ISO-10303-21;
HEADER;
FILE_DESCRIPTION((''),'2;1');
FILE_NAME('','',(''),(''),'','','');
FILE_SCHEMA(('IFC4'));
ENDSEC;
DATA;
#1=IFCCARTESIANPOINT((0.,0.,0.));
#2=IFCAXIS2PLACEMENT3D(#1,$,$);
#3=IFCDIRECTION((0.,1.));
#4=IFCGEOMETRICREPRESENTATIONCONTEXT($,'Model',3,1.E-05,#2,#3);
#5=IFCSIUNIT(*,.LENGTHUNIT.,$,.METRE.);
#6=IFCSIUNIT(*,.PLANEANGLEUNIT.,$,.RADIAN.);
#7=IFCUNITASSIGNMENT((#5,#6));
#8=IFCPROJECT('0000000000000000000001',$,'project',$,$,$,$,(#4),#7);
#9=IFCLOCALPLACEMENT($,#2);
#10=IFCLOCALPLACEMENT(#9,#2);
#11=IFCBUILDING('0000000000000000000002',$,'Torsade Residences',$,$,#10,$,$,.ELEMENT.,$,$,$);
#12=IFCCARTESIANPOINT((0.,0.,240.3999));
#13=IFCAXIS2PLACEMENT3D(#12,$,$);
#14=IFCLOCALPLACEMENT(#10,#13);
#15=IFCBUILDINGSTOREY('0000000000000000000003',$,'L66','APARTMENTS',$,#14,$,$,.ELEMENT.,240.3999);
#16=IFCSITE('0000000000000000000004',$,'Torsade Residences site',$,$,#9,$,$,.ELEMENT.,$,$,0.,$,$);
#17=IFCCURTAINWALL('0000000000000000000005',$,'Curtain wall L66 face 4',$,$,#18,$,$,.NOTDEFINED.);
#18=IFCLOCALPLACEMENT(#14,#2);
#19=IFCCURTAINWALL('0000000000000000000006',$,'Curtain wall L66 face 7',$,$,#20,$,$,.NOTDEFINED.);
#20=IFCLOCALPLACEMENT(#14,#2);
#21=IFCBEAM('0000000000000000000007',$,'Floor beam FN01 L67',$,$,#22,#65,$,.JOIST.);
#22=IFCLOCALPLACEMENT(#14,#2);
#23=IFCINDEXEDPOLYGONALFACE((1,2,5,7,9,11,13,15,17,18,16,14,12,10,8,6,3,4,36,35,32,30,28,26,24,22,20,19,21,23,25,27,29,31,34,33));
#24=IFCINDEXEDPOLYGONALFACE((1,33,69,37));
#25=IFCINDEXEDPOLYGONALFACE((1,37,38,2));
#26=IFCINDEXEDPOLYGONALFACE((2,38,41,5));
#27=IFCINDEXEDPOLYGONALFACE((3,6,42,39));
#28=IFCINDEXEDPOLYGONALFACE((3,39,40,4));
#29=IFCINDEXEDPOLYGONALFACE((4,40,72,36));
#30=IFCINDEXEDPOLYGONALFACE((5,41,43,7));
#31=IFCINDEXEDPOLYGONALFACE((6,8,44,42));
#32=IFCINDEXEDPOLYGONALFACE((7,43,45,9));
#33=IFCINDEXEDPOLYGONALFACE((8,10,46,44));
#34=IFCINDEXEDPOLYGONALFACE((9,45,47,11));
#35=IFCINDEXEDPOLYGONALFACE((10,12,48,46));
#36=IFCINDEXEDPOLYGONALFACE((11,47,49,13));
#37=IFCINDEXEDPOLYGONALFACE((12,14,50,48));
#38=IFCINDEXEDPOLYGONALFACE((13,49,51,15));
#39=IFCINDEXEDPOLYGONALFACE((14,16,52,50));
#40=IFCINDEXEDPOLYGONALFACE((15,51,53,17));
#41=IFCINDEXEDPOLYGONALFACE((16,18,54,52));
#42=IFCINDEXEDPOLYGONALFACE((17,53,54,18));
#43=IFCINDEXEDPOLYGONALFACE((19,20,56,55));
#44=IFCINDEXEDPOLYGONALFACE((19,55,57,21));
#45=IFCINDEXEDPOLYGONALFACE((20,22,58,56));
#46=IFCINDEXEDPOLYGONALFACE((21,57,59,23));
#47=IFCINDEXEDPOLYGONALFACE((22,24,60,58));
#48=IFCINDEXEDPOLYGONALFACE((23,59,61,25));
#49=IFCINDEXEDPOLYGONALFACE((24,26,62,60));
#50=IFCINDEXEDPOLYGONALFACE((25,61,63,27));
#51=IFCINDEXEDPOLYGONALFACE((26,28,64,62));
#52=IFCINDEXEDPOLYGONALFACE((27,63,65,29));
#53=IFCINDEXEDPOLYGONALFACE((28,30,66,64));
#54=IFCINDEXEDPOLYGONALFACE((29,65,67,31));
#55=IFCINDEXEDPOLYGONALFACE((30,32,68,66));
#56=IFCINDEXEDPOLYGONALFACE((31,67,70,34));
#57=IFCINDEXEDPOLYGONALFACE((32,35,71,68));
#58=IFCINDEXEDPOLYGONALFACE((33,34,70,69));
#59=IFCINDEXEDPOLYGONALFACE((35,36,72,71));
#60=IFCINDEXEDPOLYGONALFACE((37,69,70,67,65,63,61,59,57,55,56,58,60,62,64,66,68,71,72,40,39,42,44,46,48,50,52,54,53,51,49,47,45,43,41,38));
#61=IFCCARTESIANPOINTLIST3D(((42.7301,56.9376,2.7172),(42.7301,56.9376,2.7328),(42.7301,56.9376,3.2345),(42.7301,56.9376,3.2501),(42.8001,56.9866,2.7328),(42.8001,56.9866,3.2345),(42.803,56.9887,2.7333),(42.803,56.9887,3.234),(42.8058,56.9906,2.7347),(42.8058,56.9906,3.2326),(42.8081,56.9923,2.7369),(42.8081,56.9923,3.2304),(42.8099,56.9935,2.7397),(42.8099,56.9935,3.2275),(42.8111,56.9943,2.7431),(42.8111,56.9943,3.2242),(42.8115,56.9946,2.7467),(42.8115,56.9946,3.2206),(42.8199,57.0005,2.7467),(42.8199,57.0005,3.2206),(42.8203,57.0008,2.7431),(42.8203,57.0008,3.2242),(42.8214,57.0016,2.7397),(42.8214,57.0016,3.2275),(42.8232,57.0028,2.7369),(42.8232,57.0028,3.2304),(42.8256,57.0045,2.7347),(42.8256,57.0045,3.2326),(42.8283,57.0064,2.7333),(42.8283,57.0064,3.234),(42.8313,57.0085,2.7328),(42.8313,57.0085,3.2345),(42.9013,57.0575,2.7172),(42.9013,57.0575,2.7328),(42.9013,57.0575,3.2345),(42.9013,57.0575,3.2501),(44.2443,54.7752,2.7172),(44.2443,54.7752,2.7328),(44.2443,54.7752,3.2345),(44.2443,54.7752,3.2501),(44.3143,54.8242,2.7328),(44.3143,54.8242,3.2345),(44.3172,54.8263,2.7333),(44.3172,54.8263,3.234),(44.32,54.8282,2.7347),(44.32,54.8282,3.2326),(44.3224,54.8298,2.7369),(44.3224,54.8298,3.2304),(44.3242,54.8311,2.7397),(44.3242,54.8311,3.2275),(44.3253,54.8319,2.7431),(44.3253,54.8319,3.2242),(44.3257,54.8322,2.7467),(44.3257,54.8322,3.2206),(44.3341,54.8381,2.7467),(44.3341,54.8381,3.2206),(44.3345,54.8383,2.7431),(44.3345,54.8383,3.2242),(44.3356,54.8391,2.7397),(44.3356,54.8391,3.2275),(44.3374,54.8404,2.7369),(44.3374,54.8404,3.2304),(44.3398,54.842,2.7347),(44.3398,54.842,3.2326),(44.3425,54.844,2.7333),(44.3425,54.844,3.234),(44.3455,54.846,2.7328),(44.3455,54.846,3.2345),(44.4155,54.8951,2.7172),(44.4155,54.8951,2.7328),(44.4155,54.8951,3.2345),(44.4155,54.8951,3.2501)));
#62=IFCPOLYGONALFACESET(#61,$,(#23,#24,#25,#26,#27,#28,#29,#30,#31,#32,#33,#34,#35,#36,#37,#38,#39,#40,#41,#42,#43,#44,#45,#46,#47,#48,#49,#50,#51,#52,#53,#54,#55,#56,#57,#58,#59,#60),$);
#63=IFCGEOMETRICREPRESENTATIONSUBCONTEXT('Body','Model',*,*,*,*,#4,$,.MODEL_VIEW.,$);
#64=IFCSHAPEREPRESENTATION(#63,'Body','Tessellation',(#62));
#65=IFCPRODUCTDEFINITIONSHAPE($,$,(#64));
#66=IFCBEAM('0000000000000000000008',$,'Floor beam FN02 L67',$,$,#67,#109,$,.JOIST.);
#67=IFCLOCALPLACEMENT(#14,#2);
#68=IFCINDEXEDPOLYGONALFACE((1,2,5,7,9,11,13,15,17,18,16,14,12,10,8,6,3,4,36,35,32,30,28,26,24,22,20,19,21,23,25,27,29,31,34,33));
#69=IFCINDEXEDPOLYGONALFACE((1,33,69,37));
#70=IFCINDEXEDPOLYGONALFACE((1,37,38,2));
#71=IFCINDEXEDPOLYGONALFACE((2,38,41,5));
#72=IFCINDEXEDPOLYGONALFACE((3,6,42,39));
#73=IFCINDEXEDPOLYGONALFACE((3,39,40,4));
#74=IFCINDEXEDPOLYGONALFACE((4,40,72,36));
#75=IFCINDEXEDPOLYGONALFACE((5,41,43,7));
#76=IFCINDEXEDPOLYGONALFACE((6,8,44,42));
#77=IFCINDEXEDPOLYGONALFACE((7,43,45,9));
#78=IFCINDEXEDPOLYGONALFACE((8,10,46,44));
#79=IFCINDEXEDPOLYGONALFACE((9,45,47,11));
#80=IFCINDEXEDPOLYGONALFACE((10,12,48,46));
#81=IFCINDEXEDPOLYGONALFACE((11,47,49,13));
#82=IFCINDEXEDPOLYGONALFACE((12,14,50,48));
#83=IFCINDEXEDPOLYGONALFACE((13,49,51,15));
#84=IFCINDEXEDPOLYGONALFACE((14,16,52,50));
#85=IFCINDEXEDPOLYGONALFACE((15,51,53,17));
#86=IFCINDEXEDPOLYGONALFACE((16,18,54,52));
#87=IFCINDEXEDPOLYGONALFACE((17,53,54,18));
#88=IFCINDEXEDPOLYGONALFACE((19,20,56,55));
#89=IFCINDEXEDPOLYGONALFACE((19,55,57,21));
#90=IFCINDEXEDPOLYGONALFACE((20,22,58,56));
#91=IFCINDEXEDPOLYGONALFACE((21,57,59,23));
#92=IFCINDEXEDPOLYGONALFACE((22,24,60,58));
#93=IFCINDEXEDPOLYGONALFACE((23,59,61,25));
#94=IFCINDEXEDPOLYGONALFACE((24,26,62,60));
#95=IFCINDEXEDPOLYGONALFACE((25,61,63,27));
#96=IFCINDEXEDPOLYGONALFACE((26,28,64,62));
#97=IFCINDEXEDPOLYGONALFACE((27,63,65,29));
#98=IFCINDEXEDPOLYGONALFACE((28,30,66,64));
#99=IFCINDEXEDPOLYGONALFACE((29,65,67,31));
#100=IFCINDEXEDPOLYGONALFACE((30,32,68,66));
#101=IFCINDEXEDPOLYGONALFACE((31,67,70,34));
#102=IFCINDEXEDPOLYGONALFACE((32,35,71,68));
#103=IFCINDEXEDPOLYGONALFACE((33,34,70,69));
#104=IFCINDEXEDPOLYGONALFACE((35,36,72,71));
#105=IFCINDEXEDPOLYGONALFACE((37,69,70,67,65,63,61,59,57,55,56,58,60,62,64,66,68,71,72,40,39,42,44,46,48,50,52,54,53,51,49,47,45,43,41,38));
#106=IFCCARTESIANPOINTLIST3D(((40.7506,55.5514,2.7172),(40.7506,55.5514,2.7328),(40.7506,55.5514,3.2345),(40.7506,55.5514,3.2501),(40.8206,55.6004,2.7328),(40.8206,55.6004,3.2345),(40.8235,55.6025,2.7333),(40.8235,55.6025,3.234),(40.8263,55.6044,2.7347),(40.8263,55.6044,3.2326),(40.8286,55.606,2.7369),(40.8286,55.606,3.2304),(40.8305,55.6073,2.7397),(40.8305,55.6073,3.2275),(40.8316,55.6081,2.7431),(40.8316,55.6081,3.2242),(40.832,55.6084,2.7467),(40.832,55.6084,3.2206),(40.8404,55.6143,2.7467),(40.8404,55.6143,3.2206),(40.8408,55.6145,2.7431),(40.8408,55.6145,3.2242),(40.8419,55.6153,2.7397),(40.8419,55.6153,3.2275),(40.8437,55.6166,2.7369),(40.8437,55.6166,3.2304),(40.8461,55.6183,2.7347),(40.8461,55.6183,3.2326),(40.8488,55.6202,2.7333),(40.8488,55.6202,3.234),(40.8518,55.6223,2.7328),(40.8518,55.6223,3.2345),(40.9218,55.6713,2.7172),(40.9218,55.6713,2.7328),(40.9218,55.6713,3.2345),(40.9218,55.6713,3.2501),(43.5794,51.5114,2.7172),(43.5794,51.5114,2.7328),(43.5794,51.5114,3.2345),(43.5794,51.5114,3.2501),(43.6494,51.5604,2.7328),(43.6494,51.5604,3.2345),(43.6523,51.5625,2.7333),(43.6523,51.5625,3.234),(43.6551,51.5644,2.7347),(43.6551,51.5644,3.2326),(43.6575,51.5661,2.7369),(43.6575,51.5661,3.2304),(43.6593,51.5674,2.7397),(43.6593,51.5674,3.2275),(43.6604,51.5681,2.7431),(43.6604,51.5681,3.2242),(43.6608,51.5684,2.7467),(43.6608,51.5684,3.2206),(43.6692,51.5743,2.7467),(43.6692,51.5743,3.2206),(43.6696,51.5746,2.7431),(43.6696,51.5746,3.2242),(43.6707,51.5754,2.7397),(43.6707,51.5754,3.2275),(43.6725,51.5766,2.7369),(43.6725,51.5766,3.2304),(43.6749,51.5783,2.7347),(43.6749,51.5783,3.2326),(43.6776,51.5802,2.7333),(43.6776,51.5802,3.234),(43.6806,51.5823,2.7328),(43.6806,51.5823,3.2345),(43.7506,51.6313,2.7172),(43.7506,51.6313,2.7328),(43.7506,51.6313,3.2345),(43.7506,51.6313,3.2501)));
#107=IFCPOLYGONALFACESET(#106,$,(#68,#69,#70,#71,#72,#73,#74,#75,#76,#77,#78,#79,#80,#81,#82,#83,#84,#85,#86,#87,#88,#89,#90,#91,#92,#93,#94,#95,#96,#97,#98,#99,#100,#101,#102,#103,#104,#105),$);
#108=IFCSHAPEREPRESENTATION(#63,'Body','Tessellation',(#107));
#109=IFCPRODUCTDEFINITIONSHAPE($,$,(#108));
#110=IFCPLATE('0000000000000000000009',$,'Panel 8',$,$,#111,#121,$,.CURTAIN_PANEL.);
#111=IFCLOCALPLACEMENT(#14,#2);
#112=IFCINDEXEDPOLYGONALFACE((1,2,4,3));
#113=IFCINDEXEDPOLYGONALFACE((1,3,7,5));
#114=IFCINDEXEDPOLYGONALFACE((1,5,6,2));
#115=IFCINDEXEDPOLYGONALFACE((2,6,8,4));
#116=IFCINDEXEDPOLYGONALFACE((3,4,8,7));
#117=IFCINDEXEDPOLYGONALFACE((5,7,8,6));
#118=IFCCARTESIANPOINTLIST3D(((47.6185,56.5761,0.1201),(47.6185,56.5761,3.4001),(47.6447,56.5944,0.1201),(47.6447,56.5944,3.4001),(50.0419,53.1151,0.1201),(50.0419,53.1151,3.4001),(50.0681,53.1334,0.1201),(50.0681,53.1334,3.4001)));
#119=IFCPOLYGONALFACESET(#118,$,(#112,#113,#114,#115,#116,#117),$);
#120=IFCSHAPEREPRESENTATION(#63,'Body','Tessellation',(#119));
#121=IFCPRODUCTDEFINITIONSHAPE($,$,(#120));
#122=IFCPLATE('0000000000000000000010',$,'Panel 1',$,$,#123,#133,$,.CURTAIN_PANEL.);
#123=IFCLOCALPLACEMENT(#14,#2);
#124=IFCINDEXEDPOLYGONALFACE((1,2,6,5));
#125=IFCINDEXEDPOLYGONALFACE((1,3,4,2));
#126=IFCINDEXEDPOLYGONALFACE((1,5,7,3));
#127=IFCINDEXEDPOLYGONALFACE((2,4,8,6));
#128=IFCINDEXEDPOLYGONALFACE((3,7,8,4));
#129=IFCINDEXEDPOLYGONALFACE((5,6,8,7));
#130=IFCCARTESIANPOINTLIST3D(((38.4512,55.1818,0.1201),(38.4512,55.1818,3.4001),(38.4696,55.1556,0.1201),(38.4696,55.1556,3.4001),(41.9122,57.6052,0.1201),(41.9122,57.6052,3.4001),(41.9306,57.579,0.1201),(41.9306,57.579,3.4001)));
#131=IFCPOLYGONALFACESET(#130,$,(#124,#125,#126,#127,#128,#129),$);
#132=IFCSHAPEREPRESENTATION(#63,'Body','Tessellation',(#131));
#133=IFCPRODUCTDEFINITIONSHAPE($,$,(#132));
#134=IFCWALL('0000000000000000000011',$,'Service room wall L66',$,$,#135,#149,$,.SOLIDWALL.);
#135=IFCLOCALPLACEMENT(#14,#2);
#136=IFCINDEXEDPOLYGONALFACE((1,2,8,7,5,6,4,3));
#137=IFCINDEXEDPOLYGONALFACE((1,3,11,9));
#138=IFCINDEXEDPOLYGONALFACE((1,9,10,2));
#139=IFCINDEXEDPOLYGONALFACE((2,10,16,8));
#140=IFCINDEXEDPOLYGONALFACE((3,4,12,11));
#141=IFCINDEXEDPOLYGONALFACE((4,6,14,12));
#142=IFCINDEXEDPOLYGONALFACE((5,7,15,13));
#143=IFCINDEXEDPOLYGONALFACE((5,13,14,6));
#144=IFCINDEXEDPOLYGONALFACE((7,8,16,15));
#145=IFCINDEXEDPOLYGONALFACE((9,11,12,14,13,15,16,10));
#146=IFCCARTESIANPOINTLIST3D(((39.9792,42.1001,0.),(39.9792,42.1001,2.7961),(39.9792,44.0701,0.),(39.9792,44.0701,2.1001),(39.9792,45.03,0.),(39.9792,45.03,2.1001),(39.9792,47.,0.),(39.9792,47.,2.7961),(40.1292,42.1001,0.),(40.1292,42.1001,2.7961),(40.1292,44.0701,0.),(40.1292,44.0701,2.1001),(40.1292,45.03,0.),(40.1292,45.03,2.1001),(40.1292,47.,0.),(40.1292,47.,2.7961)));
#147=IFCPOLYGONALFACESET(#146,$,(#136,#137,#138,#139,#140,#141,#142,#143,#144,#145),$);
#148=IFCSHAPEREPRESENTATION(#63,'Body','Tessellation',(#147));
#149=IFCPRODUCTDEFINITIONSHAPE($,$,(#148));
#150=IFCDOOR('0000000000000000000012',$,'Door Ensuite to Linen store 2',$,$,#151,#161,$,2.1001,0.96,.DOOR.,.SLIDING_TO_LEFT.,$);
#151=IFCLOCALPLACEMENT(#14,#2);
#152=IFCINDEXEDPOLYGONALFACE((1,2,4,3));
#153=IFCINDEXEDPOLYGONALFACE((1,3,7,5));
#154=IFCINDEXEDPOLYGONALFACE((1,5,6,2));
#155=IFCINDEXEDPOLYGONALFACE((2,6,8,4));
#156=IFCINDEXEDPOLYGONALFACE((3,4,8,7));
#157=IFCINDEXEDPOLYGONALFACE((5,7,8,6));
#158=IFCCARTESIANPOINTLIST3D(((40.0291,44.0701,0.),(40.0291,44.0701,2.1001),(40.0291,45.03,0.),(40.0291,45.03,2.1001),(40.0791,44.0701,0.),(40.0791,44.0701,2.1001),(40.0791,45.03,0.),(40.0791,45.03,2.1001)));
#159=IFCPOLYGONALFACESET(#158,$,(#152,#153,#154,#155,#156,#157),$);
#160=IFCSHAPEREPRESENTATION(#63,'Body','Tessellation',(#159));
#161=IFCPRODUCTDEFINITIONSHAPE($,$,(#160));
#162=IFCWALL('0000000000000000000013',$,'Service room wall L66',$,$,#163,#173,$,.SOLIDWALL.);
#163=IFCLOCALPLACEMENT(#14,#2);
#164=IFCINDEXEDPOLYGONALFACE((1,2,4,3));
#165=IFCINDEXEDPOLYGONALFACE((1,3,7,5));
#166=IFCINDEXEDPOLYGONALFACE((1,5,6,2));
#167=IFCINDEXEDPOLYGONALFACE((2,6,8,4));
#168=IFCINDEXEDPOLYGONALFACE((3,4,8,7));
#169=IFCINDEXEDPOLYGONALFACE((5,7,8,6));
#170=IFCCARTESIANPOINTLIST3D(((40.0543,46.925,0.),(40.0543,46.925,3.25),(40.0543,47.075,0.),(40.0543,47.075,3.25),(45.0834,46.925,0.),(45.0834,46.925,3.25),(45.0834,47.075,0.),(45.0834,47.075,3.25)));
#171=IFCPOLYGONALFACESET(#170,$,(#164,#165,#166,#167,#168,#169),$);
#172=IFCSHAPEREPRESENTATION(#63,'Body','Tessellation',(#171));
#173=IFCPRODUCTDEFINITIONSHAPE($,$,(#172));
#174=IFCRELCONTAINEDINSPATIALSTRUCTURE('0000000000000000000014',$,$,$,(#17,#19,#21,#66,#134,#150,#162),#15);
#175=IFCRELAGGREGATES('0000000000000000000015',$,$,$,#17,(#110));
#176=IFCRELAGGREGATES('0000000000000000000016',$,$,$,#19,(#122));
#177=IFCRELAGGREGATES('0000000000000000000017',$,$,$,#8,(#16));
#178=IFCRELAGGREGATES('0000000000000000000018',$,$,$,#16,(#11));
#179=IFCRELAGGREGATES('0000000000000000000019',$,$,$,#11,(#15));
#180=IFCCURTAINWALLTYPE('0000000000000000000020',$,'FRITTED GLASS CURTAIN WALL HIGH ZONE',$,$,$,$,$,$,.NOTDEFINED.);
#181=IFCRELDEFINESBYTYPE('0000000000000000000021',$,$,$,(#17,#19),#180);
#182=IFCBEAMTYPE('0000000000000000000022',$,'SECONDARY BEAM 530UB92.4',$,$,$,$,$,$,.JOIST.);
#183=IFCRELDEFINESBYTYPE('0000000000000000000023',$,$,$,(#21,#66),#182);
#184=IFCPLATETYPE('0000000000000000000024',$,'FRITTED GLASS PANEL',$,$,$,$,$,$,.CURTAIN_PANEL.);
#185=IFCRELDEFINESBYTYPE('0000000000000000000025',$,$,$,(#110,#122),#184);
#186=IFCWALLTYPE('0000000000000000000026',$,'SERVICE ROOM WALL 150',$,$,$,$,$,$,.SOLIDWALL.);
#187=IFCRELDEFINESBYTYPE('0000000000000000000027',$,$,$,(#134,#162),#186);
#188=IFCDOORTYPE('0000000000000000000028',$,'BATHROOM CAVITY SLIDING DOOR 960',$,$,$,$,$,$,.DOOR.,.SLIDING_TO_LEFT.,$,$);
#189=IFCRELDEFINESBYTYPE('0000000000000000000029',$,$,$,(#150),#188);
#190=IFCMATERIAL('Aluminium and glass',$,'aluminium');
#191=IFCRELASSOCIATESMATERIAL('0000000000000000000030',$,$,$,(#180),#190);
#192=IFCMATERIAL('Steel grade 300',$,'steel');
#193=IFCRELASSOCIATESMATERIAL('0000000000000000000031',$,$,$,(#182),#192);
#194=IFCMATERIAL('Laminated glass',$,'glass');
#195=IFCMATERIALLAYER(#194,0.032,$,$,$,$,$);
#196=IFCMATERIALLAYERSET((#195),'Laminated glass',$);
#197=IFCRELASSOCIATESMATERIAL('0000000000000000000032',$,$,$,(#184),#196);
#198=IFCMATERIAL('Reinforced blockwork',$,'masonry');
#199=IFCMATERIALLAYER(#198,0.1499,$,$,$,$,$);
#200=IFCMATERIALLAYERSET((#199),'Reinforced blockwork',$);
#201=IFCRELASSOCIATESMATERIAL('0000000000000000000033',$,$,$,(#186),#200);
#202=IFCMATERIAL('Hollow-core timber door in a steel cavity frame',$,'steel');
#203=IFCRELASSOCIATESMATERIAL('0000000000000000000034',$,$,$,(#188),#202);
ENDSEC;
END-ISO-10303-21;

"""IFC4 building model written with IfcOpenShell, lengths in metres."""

from ifc_helpers import new_model, si_unit, direction, frame, frame_2d, origin, origin_2d, place, context, subcontext, project, spatial, rectangle, i_section, extrude, material, layer, layer_set, material_profile, profile_set, type_object, element, fill, aggregate, save


model = new_model("IFC4")

# Units and contexts
model_context = context("Model", 3, precision=1e-05, world=origin(), true_north=direction((0.0, 1.0)))
body_context = subcontext(model_context, "Body", "Model", "MODEL_VIEW")
ifc_project = project(units=[si_unit("LENGTHUNIT", "METRE"), si_unit("PLANEANGLEUNIT", "RADIAN")], contexts=[model_context])

# Site, building, storey
site_placement = place(None, origin())
site = spatial("IfcSite", under=ifc_project, at=site_placement, Name="Torsade Residences site", CompositionType="ELEMENT", RefElevation=0.0)
building_placement = place(site_placement, origin())
building = spatial("IfcBuilding", under=site, at=building_placement, Name="Torsade Residences", CompositionType="ELEMENT")
storey_placement = place(building_placement, frame((0.0, 0.0, 240.3999)))
storey = spatial("IfcBuildingStorey", under=building, at=storey_placement, Name="L66", Description="APARTMENTS", CompositionType="ELEMENT", Elevation=240.3999)

# Curtain wall
ifc_material_1 = material(Name="Aluminium and glass", Category="aluminium")
curtain_wall_type = type_object("IfcCurtainWallType", Name="FRITTED GLASS CURTAIN WALL HIGH ZONE", PredefinedType="NOTDEFINED", material=ifc_material_1)
curtain_wall_1_placement = place(storey_placement, origin())
curtain_wall_1 = element("IfcCurtainWall", 1, at=curtain_wall_1_placement, inside=storey, type_object=curtain_wall_type, Name="Curtain wall L66 face 4", PredefinedType="NOTDEFINED")

# Curtain wall
curtain_wall_2_placement = place(storey_placement, origin())
curtain_wall_2 = element("IfcCurtainWall", 2, at=curtain_wall_2_placement, inside=storey, type_object=curtain_wall_type, Name="Curtain wall L66 face 7", PredefinedType="NOTDEFINED")

# Beams
ifc_material_2 = material(Name="Steel grade 300", Category="steel")
ifc_material_profile_1 = material_profile(ifc_material_2, i_section(OverallWidth=0.209, OverallDepth=0.533, WebThickness=0.0103, FlangeThickness=0.0156, FilletRadius=0.0139, at=origin_2d()), Name="530UB92.4")
ifc_profile_set_1 = profile_set([ifc_material_profile_1], Name="Steel grade 300")
beam_type_1 = type_object("IfcBeamType", Name="SECONDARY BEAM 530UB92.4", PredefinedType="JOIST", material=ifc_profile_set_1)
beam_1_placement = place(storey_placement, frame((42.8157, 56.9976, 2.9836), z_axis=(0.573593, -0.819141, 0.0), x_axis=(0.819141, 0.573593, 0.0)))
element("IfcBeam", 3, at=beam_1_placement, inside=storey, type_object=beam_type_1, Name="Floor beam FN01 L67", PredefinedType="JOIST", context=body_context, shape_type="SweptSolid", body=[
    extrude(i_section(OverallWidth=0.209, OverallDepth=0.533, WebThickness=0.0103, FlangeThickness=0.0156, FilletRadius=0.0139, at=origin_2d()), origin(), (0.0, 0.0, 1.0), 2.6399),
])
beam_2_placement = place(storey_placement, frame((40.8362, 55.6113, 2.9836), z_axis=(0.573575, -0.819153, 0.0), x_axis=(0.819153, 0.573575, 0.0)))
element("IfcBeam", 4, at=beam_2_placement, inside=storey, type_object=beam_type_1, Name="Floor beam FN02 L67", PredefinedType="JOIST", context=body_context, shape_type="SweptSolid", body=[
    extrude(i_section(OverallWidth=0.209, OverallDepth=0.533, WebThickness=0.0103, FlangeThickness=0.0156, FilletRadius=0.0139, at=origin_2d()), origin(), (0.0, 0.0, 1.0), 4.9319),
])

# Plates
ifc_material_3 = material(Name="Laminated glass", Category="glass")
ifc_layer_1 = layer(ifc_material_3, 0.032)
ifc_layer_set_1 = layer_set([ifc_layer_1], Name="Laminated glass")
plate_type = type_object("IfcPlateType", Name="FRITTED GLASS PANEL", PredefinedType="CURTAIN_PANEL", material=ifc_layer_set_1)
plate_1_placement = place(storey_placement, frame((48.8433, 54.8547, 0.1201), z_axis=(0.0, 0.0, 1.0), x_axis=(-0.573576, 0.819152, 0.0)))
plate_1 = element("IfcPlate", 5, at=plate_1_placement, type_object=plate_type, Name="Panel 8", PredefinedType="CURTAIN_PANEL", context=body_context, shape_type="SweptSolid", body=[
    extrude(rectangle(XDim=4.2251, YDim=0.032, at=origin_2d()), origin(), (0.0, 0.0, 1.0), 3.28),
])
aggregate(curtain_wall_1, [plate_1])
plate_2_placement = place(storey_placement, frame((40.1909, 56.3804, 0.1201), z_axis=(0.0, 0.0, 1.0), x_axis=(-0.819152, -0.573576, 0.0)))
plate_2 = element("IfcPlate", 6, at=plate_2_placement, type_object=plate_type, Name="Panel 1", PredefinedType="CURTAIN_PANEL", context=body_context, shape_type="SweptSolid", body=[
    extrude(rectangle(XDim=4.2251, YDim=0.032, at=origin_2d()), origin(), (0.0, 0.0, 1.0), 3.28),
])
aggregate(curtain_wall_2, [plate_2])

# Wall, opening, door
ifc_material_4 = material(Name="Reinforced blockwork", Category="masonry")
ifc_layer_2 = layer(ifc_material_4, 0.1499)
ifc_layer_set_2 = layer_set([ifc_layer_2], Name="Reinforced blockwork")
wall_type_1 = type_object("IfcWallType", Name="SERVICE ROOM WALL 150", PredefinedType="SOLIDWALL", material=ifc_layer_set_2)
wall_1_placement = place(storey_placement, frame((40.0542, 47.0, 0.0), z_axis=(0.0, 0.0, 1.0), x_axis=(0.0, -1.0, 0.0)))
wall_1 = element("IfcWall", 7, at=wall_1_placement, inside=storey, type_object=wall_type_1, Name="Service room wall L66", PredefinedType="SOLIDWALL", context=body_context, shape_type="SweptSolid", body=[
    extrude(rectangle(XDim=4.8999, YDim=0.1499, at=frame_2d((2.45, 0.0))), origin(), (0.0, 0.0, 1.0), 2.7961),
])
opening_1_placement = place(wall_1_placement, frame((1.97, 0.0, 0.0)))
opening_1 = element("IfcOpeningElement", 8, at=opening_1_placement, cuts=wall_1, PredefinedType="OPENING", context=body_context, shape_type="SweptSolid", body=[
    extrude(rectangle(XDim=0.96, YDim=2.1001, at=frame_2d((0.48, 1.05))), frame((0.0, 0.085, 0.0), z_axis=(0.0, -1.0, 0.0), x_axis=(1.0, 0.0, 0.0)), (0.0, 0.0, 1.0), 0.1699),
])
ifc_material_5 = material(Name="Hollow-core timber door in a steel cavity frame", Category="steel")
door_type_1 = type_object("IfcDoorType", Name="BATHROOM CAVITY SLIDING DOOR 960", OperationType="SLIDING_TO_LEFT", PredefinedType="DOOR", material=ifc_material_5)
door_1_placement = place(opening_1_placement, origin())
door_1 = element("IfcDoor", 9, at=door_1_placement, inside=storey, type_object=door_type_1, Name="Door Ensuite to Linen store 2", OperationType="SLIDING_TO_LEFT", OverallHeight=2.1001, OverallWidth=0.96, PredefinedType="DOOR", context=body_context, shape_type="SweptSolid", body=[
    extrude(rectangle(XDim=0.96, YDim=2.1001, at=frame_2d((0.48, 1.05))), frame((0.0, 0.0249, 0.0), z_axis=(0.0, -1.0, 0.0), x_axis=(1.0, 0.0, 0.0)), (0.0, 0.0, 1.0), 0.05),
])
fill(opening_1, door_1)

# Wall
wall_2_placement = place(storey_placement, frame((40.0542, 47.0, 0.0), z_axis=(0.0, 0.0, 1.0), x_axis=(1.0, 0.0, 0.0)))
element("IfcWall", 10, at=wall_2_placement, inside=storey, type_object=wall_type_1, Name="Service room wall L66", PredefinedType="SOLIDWALL", context=body_context, shape_type="SweptSolid", body=[
    extrude(rectangle(XDim=5.0291, YDim=0.1499, at=frame_2d((2.5146, 0.0))), origin(), (0.0, 0.0, 1.0), 3.25),
])

save(model, "model.ifc")
